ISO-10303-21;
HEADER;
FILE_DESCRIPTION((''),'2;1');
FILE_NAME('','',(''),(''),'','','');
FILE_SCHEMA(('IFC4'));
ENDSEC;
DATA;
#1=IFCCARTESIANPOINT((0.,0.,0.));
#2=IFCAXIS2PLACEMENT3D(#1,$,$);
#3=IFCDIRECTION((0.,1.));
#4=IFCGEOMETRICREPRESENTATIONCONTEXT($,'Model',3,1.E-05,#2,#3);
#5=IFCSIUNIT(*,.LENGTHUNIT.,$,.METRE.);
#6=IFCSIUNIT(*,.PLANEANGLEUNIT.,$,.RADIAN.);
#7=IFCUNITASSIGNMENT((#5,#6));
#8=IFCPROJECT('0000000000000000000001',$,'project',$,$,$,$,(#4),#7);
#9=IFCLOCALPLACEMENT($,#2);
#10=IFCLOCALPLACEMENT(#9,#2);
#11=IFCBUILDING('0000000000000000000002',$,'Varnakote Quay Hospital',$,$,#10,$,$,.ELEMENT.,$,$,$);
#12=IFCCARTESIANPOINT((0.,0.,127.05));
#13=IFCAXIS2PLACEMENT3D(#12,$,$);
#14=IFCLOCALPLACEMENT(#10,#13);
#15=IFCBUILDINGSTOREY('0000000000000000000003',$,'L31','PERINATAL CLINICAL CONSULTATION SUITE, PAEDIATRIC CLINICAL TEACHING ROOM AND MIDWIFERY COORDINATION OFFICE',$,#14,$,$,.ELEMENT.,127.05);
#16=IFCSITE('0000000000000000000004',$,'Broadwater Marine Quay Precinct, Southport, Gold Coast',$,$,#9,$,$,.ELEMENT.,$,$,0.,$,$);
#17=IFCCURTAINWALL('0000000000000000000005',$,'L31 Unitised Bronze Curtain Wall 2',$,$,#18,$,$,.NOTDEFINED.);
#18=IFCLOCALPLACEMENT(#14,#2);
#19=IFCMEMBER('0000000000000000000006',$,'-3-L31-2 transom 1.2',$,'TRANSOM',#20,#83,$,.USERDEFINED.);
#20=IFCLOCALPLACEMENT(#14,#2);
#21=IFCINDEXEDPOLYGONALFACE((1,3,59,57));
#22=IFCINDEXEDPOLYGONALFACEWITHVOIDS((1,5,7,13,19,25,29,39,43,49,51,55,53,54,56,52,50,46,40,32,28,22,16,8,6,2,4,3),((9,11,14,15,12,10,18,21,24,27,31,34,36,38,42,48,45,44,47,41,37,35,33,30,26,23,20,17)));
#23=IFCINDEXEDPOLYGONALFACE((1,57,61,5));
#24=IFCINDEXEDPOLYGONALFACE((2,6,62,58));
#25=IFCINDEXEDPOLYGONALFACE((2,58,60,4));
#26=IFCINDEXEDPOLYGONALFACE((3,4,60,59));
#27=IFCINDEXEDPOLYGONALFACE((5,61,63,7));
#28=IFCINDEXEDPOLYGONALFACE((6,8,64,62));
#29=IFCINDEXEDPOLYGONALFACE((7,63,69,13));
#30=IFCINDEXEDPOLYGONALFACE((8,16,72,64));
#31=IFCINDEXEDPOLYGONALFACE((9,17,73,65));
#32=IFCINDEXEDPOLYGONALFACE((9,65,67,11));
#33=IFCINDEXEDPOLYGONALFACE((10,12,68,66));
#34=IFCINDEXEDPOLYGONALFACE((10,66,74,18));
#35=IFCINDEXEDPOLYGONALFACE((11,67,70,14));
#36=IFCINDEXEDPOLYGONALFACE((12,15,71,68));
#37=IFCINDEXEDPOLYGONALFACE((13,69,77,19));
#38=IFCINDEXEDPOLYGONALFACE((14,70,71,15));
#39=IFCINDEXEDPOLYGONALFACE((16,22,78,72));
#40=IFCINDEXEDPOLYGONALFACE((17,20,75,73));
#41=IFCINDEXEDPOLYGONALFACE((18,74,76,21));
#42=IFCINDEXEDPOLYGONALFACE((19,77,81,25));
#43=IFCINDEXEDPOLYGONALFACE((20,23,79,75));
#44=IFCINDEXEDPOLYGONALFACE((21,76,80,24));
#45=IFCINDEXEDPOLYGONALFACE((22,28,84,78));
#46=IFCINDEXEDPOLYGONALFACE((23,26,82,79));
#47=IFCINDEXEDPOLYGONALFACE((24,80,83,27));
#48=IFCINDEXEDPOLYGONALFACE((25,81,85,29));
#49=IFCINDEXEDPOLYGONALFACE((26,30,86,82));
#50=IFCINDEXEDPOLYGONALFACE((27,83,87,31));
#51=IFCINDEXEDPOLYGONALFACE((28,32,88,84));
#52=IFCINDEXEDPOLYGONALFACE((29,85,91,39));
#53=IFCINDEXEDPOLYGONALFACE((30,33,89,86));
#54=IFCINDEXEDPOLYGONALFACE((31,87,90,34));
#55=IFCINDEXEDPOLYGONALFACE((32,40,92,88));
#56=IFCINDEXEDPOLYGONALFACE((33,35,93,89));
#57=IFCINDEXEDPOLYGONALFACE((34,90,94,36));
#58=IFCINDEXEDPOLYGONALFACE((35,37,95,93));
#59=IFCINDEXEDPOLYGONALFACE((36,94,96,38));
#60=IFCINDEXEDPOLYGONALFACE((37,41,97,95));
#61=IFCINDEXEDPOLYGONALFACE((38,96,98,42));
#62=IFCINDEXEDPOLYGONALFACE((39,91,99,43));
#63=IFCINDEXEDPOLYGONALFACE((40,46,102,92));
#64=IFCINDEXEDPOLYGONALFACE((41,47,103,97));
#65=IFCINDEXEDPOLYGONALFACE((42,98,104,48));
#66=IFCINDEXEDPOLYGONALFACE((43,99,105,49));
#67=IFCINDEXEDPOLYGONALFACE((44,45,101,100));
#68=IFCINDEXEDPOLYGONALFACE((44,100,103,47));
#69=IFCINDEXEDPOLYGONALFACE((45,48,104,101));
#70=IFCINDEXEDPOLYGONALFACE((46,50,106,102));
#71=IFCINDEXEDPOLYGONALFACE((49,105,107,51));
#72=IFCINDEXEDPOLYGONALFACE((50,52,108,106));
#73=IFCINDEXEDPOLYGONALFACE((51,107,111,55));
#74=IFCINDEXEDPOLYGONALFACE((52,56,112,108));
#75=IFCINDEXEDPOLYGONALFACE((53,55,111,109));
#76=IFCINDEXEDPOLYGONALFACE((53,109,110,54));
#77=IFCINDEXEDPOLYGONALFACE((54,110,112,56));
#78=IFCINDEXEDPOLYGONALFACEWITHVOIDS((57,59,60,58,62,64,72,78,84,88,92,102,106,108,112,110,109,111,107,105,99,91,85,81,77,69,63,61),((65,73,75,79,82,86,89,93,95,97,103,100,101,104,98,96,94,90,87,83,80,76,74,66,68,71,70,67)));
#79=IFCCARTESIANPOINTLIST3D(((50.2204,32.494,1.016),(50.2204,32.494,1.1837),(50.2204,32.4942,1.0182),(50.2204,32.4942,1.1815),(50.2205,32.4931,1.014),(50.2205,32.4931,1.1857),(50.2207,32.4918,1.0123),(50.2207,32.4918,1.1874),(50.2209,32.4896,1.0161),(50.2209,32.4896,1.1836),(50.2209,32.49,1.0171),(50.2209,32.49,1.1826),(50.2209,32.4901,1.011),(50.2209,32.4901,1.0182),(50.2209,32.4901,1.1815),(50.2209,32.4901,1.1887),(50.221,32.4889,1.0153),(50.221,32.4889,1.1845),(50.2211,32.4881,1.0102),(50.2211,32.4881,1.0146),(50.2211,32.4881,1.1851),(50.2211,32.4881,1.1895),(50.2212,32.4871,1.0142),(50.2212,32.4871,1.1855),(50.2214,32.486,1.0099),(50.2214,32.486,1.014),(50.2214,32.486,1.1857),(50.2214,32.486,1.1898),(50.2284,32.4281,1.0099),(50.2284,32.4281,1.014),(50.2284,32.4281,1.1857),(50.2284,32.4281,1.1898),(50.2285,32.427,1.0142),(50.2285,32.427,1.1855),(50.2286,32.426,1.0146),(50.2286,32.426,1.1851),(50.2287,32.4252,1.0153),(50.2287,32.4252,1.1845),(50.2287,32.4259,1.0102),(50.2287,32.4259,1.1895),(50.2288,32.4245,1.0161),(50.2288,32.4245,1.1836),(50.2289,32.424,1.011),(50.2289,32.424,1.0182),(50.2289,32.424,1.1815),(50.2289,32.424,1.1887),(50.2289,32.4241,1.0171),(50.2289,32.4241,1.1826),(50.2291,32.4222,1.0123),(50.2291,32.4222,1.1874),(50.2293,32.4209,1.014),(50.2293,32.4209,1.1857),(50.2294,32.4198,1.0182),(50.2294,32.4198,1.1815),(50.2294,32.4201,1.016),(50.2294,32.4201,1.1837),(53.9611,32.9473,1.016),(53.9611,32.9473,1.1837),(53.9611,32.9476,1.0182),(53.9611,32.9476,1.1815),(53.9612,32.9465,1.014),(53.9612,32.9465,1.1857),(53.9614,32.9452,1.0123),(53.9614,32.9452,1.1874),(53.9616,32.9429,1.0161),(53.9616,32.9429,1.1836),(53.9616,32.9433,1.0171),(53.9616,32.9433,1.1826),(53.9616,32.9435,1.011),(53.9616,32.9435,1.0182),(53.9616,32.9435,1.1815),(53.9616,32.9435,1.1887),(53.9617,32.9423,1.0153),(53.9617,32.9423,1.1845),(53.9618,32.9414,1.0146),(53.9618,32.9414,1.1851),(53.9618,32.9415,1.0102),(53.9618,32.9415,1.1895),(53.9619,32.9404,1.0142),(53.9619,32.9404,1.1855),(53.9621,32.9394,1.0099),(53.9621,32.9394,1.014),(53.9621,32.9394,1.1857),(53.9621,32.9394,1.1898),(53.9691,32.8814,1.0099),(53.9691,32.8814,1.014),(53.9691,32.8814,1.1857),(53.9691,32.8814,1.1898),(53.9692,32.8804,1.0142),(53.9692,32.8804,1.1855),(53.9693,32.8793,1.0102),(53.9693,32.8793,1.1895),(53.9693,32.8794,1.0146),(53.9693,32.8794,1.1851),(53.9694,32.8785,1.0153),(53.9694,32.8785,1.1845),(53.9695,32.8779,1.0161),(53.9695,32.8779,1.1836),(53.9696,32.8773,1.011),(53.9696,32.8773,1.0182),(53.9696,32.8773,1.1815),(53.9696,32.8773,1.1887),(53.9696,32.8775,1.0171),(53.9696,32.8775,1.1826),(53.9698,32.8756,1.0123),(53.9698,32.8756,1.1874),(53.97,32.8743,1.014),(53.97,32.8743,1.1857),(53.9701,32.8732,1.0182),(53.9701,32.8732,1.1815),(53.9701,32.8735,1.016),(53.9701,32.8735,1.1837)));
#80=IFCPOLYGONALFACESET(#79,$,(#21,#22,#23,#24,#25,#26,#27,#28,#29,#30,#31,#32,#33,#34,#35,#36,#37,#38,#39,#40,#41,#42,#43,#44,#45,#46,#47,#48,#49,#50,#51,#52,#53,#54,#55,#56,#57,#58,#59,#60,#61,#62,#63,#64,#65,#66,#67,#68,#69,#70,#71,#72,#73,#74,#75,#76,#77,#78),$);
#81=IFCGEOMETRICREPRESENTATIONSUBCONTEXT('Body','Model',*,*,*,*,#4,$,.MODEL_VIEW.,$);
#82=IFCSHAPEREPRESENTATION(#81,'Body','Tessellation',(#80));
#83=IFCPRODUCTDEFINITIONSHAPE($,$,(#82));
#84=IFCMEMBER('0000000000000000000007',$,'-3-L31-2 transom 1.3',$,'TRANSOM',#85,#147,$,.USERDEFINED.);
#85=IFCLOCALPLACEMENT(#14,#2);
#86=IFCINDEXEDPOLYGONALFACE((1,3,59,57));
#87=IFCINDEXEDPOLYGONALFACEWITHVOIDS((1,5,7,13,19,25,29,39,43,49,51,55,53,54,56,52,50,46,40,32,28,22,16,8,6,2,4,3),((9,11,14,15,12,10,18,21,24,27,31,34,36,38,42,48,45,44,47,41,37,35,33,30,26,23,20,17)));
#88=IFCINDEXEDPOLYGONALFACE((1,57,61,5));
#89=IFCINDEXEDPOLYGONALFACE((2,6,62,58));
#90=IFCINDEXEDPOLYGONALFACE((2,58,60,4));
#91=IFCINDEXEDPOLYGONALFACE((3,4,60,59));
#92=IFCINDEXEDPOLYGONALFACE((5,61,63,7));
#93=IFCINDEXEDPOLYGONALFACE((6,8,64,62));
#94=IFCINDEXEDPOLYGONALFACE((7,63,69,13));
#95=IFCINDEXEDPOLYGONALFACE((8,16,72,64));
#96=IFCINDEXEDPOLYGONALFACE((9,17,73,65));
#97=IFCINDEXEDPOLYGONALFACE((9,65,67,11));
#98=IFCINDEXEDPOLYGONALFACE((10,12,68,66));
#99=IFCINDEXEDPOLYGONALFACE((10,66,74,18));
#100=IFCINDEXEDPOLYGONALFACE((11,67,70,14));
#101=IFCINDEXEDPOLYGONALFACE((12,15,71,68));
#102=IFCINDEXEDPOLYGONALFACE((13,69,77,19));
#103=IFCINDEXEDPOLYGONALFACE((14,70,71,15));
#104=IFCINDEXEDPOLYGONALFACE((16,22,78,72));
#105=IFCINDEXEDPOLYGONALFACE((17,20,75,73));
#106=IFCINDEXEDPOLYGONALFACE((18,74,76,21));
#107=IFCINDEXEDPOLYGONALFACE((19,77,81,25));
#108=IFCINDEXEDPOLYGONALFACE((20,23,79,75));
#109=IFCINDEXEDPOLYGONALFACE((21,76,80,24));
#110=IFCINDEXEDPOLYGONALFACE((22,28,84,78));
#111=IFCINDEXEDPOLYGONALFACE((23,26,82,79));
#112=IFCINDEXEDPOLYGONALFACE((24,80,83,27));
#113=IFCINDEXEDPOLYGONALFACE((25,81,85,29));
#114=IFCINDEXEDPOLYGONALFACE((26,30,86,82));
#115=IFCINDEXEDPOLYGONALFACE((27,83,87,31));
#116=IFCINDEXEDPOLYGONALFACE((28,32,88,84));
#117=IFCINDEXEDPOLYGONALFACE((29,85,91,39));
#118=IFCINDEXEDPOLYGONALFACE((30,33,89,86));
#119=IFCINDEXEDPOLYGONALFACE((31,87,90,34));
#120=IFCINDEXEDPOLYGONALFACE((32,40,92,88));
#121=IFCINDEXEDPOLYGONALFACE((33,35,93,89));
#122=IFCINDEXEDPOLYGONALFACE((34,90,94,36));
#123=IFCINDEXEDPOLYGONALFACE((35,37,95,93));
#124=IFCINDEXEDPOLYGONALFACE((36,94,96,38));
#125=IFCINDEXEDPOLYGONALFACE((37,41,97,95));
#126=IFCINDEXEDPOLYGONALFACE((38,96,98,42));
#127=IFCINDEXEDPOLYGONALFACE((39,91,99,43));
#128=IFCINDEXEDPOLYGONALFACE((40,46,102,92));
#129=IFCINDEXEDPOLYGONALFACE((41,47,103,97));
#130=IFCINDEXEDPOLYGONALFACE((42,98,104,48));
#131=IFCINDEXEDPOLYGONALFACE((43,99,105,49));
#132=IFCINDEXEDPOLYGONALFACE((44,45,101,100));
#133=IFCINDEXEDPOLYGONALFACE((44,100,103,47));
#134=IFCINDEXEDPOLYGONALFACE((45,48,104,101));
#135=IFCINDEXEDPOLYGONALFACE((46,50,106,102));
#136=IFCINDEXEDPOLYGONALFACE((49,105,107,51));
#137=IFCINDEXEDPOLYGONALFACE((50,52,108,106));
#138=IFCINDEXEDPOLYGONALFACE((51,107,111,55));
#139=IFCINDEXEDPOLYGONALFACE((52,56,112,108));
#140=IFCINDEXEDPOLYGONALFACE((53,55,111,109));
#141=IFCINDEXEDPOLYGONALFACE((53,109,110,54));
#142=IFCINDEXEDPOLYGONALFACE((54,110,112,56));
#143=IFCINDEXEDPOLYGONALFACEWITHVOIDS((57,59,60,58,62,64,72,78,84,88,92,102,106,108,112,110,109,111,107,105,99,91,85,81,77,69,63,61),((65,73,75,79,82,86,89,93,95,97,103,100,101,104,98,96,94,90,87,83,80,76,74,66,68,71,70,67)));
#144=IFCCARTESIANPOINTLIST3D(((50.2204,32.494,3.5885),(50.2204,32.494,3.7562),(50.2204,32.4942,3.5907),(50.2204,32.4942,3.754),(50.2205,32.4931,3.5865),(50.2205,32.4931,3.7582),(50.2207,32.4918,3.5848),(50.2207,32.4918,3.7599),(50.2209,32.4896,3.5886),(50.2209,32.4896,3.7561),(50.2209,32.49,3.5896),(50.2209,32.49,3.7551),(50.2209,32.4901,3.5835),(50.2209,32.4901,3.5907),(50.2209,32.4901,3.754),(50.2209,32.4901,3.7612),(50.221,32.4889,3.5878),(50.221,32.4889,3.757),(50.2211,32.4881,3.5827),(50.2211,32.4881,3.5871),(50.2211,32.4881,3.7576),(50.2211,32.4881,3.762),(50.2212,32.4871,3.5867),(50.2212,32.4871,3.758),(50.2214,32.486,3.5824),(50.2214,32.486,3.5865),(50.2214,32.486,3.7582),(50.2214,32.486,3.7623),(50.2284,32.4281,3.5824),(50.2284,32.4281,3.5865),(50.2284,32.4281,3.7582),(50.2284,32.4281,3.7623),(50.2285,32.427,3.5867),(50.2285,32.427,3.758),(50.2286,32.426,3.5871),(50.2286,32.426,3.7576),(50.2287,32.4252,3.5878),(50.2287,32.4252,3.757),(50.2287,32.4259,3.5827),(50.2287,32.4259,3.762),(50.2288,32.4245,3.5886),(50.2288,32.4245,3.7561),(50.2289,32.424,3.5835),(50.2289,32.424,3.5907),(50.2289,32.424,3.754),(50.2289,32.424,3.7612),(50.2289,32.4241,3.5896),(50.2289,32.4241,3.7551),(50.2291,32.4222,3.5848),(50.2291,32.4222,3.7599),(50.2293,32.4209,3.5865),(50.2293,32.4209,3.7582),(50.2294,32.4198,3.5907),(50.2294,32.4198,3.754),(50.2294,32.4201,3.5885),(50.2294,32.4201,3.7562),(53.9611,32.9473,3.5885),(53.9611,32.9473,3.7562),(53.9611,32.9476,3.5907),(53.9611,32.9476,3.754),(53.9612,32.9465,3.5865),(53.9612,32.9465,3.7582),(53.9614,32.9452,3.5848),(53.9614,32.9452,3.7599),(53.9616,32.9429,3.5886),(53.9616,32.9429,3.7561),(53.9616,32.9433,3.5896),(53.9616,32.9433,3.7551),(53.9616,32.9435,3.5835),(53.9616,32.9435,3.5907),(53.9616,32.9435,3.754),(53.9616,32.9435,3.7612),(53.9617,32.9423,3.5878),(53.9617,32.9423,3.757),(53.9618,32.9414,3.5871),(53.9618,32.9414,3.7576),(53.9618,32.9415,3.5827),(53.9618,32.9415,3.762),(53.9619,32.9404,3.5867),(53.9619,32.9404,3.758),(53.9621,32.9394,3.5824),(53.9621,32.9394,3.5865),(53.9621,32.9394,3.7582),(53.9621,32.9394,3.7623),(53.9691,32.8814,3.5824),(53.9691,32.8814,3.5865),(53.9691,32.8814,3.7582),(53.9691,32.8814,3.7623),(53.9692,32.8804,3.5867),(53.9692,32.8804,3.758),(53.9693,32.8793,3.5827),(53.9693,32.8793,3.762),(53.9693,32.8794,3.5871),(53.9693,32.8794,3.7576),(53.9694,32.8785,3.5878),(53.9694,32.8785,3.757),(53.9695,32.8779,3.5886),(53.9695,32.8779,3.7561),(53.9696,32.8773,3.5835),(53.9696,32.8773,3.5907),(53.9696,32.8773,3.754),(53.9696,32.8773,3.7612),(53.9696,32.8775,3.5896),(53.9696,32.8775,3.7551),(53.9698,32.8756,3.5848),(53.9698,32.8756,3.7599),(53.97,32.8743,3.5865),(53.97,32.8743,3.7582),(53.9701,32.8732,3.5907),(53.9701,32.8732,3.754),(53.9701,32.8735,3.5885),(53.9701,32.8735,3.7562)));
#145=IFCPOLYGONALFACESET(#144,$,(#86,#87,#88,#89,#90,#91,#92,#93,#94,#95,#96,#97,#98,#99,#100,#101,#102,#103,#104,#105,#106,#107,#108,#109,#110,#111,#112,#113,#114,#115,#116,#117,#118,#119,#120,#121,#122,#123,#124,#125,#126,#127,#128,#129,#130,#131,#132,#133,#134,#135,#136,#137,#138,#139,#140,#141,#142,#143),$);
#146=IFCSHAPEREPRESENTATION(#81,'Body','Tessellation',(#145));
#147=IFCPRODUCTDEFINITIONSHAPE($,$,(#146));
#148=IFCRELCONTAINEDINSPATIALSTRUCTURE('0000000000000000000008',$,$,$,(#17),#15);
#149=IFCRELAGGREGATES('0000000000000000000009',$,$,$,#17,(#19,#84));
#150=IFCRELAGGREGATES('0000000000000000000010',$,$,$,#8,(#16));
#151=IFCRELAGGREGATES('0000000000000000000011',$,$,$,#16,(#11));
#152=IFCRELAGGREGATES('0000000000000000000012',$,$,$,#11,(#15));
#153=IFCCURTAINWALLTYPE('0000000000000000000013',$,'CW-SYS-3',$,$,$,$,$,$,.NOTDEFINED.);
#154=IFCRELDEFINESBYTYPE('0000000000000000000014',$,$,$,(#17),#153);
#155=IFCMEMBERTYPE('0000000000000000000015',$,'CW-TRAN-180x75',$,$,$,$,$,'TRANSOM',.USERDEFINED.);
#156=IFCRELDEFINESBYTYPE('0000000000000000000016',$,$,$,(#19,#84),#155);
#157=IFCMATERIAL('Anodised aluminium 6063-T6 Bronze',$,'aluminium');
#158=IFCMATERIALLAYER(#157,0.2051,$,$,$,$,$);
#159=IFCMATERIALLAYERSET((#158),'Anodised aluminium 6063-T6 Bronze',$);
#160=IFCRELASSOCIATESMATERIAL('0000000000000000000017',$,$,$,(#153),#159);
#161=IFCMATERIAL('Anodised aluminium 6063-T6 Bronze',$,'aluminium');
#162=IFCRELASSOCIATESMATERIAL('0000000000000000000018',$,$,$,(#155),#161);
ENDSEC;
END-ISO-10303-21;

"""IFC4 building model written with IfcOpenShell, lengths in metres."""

from ifc_helpers import new_model, si_unit, direction, frame, origin, origin_2d, place, context, subcontext, project, spatial, hollow_rectangle, extrude, material, layer, layer_set, material_profile, profile_set, type_object, element, aggregate, save


model = new_model("IFC4")

# Units and contexts
model_context = context("Model", 3, precision=1e-05, world=origin(), true_north=direction((0.0, 1.0)))
body_context = subcontext(model_context, "Body", "Model", "MODEL_VIEW")
ifc_project = project(units=[si_unit("LENGTHUNIT", "METRE"), si_unit("PLANEANGLEUNIT", "RADIAN")], contexts=[model_context])

# Site, building, storey
site_placement = place(None, origin())
site = spatial("IfcSite", under=ifc_project, at=site_placement, Name="Broadwater Marine Quay Precinct, Southport, Gold Coast", CompositionType="ELEMENT", RefElevation=0.0)
building_placement = place(site_placement, origin())
building = spatial("IfcBuilding", under=site, at=building_placement, Name="Varnakote Quay Hospital", CompositionType="ELEMENT")
storey_placement = place(building_placement, frame((0.0, 0.0, 127.05)))
storey = spatial("IfcBuildingStorey", under=building, at=storey_placement, Name="L31", Description="PERINATAL CLINICAL CONSULTATION SUITE, PAEDIATRIC CLINICAL TEACHING ROOM AND MIDWIFERY COORDINATION OFFICE", CompositionType="ELEMENT", Elevation=127.05)

# Shared definitions
ifc_material_1 = material(Name="Anodised aluminium 6063-T6 Bronze", Category="aluminium")
ifc_layer_1 = layer(ifc_material_1, 0.2051)
ifc_layer_set_1 = layer_set([ifc_layer_1], Name="Anodised aluminium 6063-T6 Bronze")
curtain_wall_type = type_object("IfcCurtainWallType", Name="CW-SYS-3", PredefinedType="NOTDEFINED", material=ifc_layer_set_1)

# Curtain wall, members
curtain_wall_1_placement = place(storey_placement, origin())
curtain_wall_1 = element("IfcCurtainWall", 1, at=curtain_wall_1_placement, inside=storey, type_object=curtain_wall_type, Name="L31 Unitised Bronze Curtain Wall 2", PredefinedType="NOTDEFINED")
ifc_material_2 = material(Name="Anodised aluminium 6063-T6 Bronze", Category="aluminium")
ifc_material_profile_1 = material_profile(ifc_material_2, hollow_rectangle(XDim=0.075, YDim=0.1799, WallThickness=0.0042, InnerFilletRadius=0.0042, OuterFilletRadius=0.0083, at=origin_2d()), Name="CW-TRAN-180x75")
ifc_profile_set_1 = profile_set([ifc_material_profile_1], Name="Anodised aluminium 6063-T6 Bronze")
member_type_1 = type_object("IfcMemberType", Name="CW-TRAN-180x75", ElementType="TRANSOM", PredefinedType="USERDEFINED", material=ifc_profile_set_1)
member_1_placement = place(storey_placement, frame((53.9656, 32.9104, 1.0999), z_axis=(-0.992735, -0.120318, 0.0), x_axis=(0.120318, -0.992735, 0.0)))
member_1 = element("IfcMember", 2, at=member_1_placement, type_object=member_type_1, Name="-3-L31-2 transom 1.2", ObjectType="TRANSOM", PredefinedType="USERDEFINED", context=body_context, shape_type="SweptSolid", body=[
    extrude(hollow_rectangle(XDim=0.075, YDim=0.1799, WallThickness=0.0042, InnerFilletRadius=0.0042, OuterFilletRadius=0.0083, at=origin_2d()), origin(), (0.0, 0.0, 1.0), 3.7681),
])
member_2_placement = place(storey_placement, frame((53.9656, 32.9104, 3.6724), z_axis=(-0.992735, -0.120318, 0.0), x_axis=(0.120318, -0.992735, 0.0)))
member_2 = element("IfcMember", 3, at=member_2_placement, type_object=member_type_1, Name="-3-L31-2 transom 1.3", ObjectType="TRANSOM", PredefinedType="USERDEFINED", context=body_context, shape_type="SweptSolid", body=[
    extrude(hollow_rectangle(XDim=0.075, YDim=0.1799, WallThickness=0.0042, InnerFilletRadius=0.0042, OuterFilletRadius=0.0083, at=origin_2d()), origin(), (0.0, 0.0, 1.0), 3.7681),
])

aggregate(curtain_wall_1, [member_1, member_2])

save(model, "model.ifc")
